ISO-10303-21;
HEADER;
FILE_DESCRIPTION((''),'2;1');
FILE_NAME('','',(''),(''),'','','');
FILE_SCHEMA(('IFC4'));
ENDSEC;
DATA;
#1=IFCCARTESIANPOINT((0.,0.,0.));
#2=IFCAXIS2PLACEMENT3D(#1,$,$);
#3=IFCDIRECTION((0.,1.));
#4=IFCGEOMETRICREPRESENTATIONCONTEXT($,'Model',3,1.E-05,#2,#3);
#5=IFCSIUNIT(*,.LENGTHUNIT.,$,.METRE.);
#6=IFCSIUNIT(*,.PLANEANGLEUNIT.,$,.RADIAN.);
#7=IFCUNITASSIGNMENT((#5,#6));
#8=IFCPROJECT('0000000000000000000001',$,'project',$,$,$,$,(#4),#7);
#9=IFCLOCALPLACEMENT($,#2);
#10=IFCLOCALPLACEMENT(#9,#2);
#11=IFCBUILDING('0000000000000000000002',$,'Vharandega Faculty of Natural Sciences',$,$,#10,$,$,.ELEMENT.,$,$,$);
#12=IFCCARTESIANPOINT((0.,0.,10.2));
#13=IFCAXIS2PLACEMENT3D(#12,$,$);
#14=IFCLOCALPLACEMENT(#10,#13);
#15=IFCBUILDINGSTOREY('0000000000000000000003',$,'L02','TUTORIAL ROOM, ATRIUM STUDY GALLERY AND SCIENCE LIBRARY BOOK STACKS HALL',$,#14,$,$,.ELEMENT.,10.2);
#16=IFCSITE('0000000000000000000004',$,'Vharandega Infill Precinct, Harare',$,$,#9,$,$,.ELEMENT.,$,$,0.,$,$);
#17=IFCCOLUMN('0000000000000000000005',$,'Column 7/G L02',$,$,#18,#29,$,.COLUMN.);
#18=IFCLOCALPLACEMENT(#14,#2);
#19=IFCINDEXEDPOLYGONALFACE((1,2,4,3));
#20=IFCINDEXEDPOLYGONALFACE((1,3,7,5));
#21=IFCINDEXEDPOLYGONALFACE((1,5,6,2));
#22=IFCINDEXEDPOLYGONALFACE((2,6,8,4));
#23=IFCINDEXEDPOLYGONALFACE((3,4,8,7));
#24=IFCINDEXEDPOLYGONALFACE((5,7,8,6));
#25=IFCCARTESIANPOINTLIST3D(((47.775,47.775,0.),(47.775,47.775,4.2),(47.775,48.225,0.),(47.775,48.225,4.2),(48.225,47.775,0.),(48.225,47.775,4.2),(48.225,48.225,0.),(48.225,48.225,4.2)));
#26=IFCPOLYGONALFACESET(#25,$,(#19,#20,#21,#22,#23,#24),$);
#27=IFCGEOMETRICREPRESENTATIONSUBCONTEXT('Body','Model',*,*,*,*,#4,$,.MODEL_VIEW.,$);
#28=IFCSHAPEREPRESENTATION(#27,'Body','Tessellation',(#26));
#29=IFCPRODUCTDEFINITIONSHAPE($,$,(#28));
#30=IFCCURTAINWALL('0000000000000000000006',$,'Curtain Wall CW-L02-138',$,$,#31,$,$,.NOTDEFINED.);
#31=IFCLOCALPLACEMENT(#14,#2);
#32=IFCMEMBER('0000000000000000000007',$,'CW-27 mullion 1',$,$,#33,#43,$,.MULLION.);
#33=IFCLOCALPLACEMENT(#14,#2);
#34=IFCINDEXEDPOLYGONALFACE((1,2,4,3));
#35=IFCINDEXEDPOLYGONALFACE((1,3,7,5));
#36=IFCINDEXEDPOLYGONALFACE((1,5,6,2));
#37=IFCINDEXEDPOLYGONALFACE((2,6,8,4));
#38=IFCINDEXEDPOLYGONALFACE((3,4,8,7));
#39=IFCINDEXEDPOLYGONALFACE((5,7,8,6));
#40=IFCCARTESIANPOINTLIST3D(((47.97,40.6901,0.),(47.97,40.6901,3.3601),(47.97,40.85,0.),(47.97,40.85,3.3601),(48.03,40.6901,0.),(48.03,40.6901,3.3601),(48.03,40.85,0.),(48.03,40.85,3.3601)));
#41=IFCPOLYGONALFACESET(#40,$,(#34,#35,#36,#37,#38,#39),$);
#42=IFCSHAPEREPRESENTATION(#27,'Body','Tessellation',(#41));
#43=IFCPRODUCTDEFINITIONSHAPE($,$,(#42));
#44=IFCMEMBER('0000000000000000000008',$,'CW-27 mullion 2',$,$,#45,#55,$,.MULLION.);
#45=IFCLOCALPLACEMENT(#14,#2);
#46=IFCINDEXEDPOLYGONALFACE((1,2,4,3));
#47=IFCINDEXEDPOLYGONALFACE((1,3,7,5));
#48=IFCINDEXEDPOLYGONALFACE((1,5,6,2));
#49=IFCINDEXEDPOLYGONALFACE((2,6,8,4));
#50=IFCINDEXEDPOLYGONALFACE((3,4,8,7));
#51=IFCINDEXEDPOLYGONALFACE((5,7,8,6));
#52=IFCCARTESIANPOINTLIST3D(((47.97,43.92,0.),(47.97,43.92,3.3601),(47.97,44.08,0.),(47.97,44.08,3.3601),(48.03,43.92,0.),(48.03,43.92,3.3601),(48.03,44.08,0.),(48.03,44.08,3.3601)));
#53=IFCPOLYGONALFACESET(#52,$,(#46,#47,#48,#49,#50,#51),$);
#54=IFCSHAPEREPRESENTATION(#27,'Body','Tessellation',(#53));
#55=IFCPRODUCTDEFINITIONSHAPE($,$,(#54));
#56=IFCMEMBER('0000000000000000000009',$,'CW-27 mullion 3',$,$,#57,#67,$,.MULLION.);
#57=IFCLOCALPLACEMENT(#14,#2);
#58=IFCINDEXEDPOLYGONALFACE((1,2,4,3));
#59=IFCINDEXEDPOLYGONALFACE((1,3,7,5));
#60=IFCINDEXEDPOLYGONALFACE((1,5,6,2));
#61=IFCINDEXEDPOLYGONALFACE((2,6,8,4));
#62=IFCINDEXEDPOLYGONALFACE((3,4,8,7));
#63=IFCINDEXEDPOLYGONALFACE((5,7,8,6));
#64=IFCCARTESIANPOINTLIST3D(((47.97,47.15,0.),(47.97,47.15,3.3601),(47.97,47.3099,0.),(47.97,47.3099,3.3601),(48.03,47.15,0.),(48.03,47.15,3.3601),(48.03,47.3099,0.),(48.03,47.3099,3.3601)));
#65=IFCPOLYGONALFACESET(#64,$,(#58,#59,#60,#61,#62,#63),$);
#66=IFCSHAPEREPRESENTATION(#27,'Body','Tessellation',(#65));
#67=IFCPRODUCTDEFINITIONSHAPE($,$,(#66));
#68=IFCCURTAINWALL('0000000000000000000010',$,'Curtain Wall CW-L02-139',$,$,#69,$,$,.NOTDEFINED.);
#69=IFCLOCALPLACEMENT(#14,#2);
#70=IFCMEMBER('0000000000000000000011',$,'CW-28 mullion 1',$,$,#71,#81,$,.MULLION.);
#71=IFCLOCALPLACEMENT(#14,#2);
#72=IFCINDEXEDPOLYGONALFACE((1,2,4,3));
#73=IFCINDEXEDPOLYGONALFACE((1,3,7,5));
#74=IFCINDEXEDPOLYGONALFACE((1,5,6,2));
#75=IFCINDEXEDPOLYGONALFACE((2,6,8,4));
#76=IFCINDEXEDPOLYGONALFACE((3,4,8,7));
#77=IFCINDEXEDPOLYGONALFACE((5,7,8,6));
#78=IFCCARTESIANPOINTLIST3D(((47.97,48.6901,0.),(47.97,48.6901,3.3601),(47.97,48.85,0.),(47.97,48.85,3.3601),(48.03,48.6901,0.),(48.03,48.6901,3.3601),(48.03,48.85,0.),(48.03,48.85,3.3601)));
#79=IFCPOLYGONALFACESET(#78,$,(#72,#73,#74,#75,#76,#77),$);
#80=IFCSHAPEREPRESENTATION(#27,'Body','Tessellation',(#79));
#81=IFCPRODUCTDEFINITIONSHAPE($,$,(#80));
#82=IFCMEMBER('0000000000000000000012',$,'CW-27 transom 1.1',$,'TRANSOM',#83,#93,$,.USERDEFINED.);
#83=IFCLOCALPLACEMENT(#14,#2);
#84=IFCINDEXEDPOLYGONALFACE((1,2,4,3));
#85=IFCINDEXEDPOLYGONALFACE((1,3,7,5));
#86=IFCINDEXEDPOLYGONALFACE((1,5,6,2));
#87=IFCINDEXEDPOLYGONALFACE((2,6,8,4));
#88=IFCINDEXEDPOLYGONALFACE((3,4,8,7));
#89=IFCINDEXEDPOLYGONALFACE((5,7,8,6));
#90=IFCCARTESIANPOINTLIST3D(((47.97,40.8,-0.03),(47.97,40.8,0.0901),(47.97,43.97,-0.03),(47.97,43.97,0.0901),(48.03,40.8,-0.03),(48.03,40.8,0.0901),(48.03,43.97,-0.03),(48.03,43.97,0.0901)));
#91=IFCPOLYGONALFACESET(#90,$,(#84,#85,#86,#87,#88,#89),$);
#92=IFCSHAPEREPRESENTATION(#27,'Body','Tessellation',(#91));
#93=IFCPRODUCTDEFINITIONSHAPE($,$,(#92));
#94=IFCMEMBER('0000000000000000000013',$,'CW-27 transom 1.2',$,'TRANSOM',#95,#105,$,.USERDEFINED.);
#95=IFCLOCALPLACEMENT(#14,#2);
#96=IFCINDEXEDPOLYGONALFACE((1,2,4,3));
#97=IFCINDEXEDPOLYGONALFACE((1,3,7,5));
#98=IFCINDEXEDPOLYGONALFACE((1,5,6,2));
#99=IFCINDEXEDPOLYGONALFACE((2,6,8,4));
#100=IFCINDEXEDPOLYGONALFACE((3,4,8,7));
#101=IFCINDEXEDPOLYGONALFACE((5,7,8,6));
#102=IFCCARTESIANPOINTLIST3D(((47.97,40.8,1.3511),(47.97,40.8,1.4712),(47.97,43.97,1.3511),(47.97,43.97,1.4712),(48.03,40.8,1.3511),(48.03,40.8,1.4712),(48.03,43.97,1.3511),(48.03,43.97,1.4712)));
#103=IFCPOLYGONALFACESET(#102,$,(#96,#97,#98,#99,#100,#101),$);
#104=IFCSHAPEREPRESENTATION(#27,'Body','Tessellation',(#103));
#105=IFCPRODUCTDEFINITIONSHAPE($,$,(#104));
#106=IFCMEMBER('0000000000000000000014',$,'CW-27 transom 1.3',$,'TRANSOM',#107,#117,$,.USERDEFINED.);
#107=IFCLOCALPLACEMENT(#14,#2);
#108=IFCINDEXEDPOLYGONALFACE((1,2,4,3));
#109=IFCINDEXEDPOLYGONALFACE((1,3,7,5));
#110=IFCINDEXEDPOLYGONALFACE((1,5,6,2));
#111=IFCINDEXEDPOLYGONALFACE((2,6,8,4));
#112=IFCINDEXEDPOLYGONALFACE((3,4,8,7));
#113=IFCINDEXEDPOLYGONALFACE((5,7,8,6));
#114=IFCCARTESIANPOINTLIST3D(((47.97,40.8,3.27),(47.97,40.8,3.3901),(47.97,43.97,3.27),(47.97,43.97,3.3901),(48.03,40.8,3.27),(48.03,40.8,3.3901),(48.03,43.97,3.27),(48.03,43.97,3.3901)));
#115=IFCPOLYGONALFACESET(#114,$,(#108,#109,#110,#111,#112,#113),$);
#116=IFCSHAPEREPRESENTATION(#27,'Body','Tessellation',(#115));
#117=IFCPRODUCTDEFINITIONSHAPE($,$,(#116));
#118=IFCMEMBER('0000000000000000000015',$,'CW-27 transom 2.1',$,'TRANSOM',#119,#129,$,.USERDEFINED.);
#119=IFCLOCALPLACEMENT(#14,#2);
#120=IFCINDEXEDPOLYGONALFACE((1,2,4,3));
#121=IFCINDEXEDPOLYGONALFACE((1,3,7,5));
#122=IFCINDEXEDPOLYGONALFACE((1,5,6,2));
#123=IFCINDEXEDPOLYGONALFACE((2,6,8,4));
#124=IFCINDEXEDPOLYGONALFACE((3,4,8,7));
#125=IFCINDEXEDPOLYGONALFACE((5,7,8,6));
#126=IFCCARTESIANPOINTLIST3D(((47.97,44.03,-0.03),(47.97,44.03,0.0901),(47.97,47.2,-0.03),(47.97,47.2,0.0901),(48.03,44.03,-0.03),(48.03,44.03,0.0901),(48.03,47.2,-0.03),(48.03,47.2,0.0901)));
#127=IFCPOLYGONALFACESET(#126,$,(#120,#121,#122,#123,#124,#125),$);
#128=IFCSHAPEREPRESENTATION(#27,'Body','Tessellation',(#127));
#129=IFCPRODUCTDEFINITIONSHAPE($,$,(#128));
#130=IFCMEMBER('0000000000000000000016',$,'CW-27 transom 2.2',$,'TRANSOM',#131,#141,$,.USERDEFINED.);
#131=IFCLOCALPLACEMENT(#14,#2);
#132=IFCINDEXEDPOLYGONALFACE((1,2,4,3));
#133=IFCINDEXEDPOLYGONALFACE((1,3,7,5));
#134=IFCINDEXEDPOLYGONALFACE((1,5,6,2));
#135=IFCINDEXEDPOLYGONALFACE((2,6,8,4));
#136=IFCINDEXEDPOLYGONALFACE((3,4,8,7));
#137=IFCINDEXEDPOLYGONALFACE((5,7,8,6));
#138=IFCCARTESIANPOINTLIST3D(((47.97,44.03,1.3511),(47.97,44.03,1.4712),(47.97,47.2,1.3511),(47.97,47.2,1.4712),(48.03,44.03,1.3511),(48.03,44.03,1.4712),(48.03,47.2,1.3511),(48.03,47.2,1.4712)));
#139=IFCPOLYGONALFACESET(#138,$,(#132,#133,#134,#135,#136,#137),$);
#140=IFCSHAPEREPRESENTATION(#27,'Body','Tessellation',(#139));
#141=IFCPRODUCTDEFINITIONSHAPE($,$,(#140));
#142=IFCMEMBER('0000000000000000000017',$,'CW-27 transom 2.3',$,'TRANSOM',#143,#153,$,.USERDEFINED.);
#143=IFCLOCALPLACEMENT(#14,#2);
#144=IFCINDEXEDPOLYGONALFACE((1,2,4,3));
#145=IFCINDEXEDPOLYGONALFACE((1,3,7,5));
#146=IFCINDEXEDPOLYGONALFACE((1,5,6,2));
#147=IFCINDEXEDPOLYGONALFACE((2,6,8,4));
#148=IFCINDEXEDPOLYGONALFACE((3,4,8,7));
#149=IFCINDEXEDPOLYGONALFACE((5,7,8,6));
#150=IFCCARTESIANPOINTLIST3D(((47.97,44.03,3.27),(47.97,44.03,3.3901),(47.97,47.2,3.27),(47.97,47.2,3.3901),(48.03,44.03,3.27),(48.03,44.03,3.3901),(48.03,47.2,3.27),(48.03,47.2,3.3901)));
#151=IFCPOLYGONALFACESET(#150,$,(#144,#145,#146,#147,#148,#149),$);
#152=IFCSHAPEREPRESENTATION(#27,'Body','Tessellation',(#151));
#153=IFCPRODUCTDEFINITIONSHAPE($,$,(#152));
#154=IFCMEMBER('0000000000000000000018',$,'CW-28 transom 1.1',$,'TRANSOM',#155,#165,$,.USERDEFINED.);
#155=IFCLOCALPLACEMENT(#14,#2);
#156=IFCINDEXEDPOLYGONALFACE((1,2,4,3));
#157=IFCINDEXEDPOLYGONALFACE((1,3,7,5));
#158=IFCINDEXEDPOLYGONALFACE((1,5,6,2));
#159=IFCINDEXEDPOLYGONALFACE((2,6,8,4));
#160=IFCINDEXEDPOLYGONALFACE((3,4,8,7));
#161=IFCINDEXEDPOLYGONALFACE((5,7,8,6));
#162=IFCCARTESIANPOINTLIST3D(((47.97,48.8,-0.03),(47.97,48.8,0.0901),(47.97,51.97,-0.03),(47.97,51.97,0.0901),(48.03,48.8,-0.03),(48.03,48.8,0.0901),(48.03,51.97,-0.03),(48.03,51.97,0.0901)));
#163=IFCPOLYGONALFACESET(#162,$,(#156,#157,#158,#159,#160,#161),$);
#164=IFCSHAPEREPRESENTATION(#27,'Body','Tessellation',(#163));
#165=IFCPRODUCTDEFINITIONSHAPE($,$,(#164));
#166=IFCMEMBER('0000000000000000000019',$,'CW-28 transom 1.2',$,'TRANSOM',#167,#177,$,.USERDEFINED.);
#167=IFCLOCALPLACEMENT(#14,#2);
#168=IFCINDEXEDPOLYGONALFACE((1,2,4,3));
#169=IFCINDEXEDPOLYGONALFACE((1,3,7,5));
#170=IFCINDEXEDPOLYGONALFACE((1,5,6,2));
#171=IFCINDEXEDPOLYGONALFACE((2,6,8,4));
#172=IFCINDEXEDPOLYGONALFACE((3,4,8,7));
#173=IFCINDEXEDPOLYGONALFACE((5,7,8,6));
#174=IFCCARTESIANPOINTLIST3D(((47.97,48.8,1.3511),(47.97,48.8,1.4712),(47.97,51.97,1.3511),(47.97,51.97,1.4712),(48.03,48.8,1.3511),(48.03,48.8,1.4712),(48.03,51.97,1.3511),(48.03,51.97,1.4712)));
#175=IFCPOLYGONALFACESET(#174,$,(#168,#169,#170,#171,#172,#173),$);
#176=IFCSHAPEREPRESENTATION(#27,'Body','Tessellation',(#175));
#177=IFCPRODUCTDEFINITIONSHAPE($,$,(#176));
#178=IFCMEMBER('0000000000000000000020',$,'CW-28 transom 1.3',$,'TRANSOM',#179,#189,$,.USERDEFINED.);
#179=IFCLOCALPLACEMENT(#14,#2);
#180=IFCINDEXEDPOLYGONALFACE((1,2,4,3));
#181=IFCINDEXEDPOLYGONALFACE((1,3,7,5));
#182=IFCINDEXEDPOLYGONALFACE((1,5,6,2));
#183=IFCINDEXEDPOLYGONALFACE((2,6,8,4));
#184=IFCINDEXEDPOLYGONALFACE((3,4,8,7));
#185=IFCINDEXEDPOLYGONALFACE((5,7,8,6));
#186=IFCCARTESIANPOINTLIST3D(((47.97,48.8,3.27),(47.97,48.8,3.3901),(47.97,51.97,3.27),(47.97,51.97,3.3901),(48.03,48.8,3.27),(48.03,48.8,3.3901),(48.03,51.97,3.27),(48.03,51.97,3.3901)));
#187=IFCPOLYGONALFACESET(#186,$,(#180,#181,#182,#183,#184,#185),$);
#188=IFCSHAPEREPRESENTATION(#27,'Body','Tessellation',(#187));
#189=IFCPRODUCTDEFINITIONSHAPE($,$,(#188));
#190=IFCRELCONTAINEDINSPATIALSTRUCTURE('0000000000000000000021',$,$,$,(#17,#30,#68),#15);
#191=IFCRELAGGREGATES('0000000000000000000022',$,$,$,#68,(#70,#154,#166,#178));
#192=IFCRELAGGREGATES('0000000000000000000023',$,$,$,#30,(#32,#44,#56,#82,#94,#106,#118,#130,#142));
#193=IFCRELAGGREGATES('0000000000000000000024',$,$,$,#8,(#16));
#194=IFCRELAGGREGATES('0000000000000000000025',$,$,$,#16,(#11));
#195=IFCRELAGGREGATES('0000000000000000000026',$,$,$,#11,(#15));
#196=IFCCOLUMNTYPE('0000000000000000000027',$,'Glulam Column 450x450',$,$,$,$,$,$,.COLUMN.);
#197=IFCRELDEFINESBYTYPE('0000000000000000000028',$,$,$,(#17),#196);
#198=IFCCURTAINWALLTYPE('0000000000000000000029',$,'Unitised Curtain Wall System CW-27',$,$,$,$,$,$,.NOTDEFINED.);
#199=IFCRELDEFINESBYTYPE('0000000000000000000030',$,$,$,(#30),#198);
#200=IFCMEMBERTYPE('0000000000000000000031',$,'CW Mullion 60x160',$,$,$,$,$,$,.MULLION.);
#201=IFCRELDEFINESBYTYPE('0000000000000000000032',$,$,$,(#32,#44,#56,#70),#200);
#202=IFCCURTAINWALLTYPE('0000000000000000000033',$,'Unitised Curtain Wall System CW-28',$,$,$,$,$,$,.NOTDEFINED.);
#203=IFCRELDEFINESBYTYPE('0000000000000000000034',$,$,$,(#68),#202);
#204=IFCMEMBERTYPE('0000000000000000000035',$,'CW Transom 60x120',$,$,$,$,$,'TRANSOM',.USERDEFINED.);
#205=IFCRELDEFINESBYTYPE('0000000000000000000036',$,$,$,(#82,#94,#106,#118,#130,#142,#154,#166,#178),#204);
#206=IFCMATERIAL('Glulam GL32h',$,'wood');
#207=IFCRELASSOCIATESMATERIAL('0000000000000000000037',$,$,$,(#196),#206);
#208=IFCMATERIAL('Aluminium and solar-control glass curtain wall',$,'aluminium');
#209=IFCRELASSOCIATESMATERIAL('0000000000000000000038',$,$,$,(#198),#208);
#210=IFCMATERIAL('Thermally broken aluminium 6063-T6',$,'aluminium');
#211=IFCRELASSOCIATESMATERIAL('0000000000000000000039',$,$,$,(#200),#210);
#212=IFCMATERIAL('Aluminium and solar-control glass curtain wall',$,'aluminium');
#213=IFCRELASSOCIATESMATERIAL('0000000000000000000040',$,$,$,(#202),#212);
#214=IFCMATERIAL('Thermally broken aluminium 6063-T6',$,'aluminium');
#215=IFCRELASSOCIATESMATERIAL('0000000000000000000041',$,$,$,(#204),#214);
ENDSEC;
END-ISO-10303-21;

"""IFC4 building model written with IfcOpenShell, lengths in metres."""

from ifc_helpers import new_model, si_unit, direction, frame, origin, origin_2d, place, context, subcontext, project, spatial, rectangle, extrude, material, material_profile, profile_set, type_object, element, aggregate, save


model = new_model("IFC4")

# Units and contexts
model_context = context("Model", 3, precision=1e-05, world=origin(), true_north=direction((0.0, 1.0)))
body_context = subcontext(model_context, "Body", "Model", "MODEL_VIEW")
ifc_project = project(units=[si_unit("LENGTHUNIT", "METRE"), si_unit("PLANEANGLEUNIT", "RADIAN")], contexts=[model_context])

# Site, building, storey
site_placement = place(None, origin())
site = spatial("IfcSite", under=ifc_project, at=site_placement, Name="Vharandega Infill Precinct, Harare", CompositionType="ELEMENT", RefElevation=0.0)
building_placement = place(site_placement, origin())
building = spatial("IfcBuilding", under=site, at=building_placement, Name="Vharandega Faculty of Natural Sciences", CompositionType="ELEMENT")
storey_placement = place(building_placement, frame((0.0, 0.0, 10.2)))
storey = spatial("IfcBuildingStorey", under=building, at=storey_placement, Name="L02", Description="TUTORIAL ROOM, ATRIUM STUDY GALLERY AND SCIENCE LIBRARY BOOK STACKS HALL", CompositionType="ELEMENT", Elevation=10.2)

# Column
ifc_material_1 = material(Name="Glulam GL32h", Category="wood")
ifc_material_profile_1 = material_profile(ifc_material_1, rectangle(XDim=0.45, YDim=0.45, at=origin_2d()), Name="GL32h 450x450")
ifc_profile_set_1 = profile_set([ifc_material_profile_1], Name="Glulam GL32h")
column_type = type_object("IfcColumnType", Name="Glulam Column 450x450", PredefinedType="COLUMN", material=ifc_profile_set_1)
column_placement = place(storey_placement, frame((48.0, 48.0, 0.0), z_axis=(0.0, 0.0, 1.0), x_axis=(1.0, 0.0, 0.0)))
element("IfcColumn", 1, at=column_placement, inside=storey, type_object=column_type, Name="Column 7/G L02", PredefinedType="COLUMN", context=body_context, shape_type="SweptSolid", body=[
    extrude(rectangle(XDim=0.45, YDim=0.45, at=origin_2d()), origin(), (0.0, 0.0, 1.0), 4.2),
])

# Curtain wall, members
ifc_material_2 = material(Name="Aluminium and solar-control glass curtain wall", Category="aluminium")
curtain_wall_type_1 = type_object("IfcCurtainWallType", Name="Unitised Curtain Wall System CW-27", PredefinedType="NOTDEFINED", material=ifc_material_2)
curtain_wall_1_placement = place(storey_placement, origin())
curtain_wall_1 = element("IfcCurtainWall", 2, at=curtain_wall_1_placement, inside=storey, type_object=curtain_wall_type_1, Name="Curtain Wall CW-L02-138", PredefinedType="NOTDEFINED")
ifc_material_3 = material(Name="Thermally broken aluminium 6063-T6", Category="aluminium")
ifc_material_profile_2 = material_profile(ifc_material_3, rectangle(XDim=0.0601, YDim=0.1599, at=origin_2d()), Name="ALU 60x160")
ifc_profile_set_2 = profile_set([ifc_material_profile_2], Name="Thermally broken aluminium 6063-T6")
member_type_1 = type_object("IfcMemberType", Name="CW Mullion 60x160", PredefinedType="MULLION", material=ifc_profile_set_2)
member_1_placement = place(storey_placement, frame((48.0, 40.77, 0.0), z_axis=(0.0, 0.0, 1.0), x_axis=(-1.0, 0.0, 0.0)))
member_1 = element("IfcMember", 3, at=member_1_placement, type_object=member_type_1, Name="CW-27 mullion 1", PredefinedType="MULLION", context=body_context, shape_type="SweptSolid", body=[
    extrude(rectangle(XDim=0.0601, YDim=0.1599, at=origin_2d()), origin(), (0.0, 0.0, 1.0), 3.3601),
])
member_2_placement = place(storey_placement, frame((48.0, 44.0, 0.0), z_axis=(0.0, 0.0, 1.0), x_axis=(-1.0, 0.0, 0.0)))
member_2 = element("IfcMember", 4, at=member_2_placement, type_object=member_type_1, Name="CW-27 mullion 2", PredefinedType="MULLION", context=body_context, shape_type="SweptSolid", body=[
    extrude(rectangle(XDim=0.0601, YDim=0.1599, at=origin_2d()), origin(), (0.0, 0.0, 1.0), 3.3601),
])
member_3_placement = place(storey_placement, frame((48.0, 47.23, 0.0), z_axis=(0.0, 0.0, 1.0), x_axis=(-1.0, 0.0, 0.0)))
member_3 = element("IfcMember", 5, at=member_3_placement, type_object=member_type_1, Name="CW-27 mullion 3", PredefinedType="MULLION", context=body_context, shape_type="SweptSolid", body=[
    extrude(rectangle(XDim=0.0601, YDim=0.1599, at=origin_2d()), origin(), (0.0, 0.0, 1.0), 3.3601),
])

# Curtain wall, member
ifc_material_4 = material(Name="Aluminium and solar-control glass curtain wall", Category="aluminium")
curtain_wall_type_2 = type_object("IfcCurtainWallType", Name="Unitised Curtain Wall System CW-28", PredefinedType="NOTDEFINED", material=ifc_material_4)
curtain_wall_2_placement = place(storey_placement, origin())
curtain_wall_2 = element("IfcCurtainWall", 6, at=curtain_wall_2_placement, inside=storey, type_object=curtain_wall_type_2, Name="Curtain Wall CW-L02-139", PredefinedType="NOTDEFINED")
member_4_placement = place(storey_placement, frame((48.0, 48.77, 0.0), z_axis=(0.0, 0.0, 1.0), x_axis=(-1.0, 0.0, 0.0)))
member_4 = element("IfcMember", 7, at=member_4_placement, type_object=member_type_1, Name="CW-28 mullion 1", PredefinedType="MULLION", context=body_context, shape_type="SweptSolid", body=[
    extrude(rectangle(XDim=0.0601, YDim=0.1599, at=origin_2d()), origin(), (0.0, 0.0, 1.0), 3.3601),
])

# Members
ifc_material_5 = material(Name="Thermally broken aluminium 6063-T6", Category="aluminium")
ifc_material_profile_3 = material_profile(ifc_material_5, rectangle(XDim=0.0601, YDim=0.1201, at=origin_2d()), Name="ALU 60x120")
ifc_profile_set_3 = profile_set([ifc_material_profile_3], Name="Thermally broken aluminium 6063-T6")
member_type_2 = type_object("IfcMemberType", Name="CW Transom 60x120", ElementType="TRANSOM", PredefinedType="USERDEFINED", material=ifc_profile_set_3)
member_5_placement = place(storey_placement, frame((48.0, 40.8, 0.03), z_axis=(0.0, 1.0, 0.0), x_axis=(-1.0, 0.0, 0.0)))
member_5 = element("IfcMember", 8, at=member_5_placement, type_object=member_type_2, Name="CW-27 transom 1.1", ObjectType="TRANSOM", PredefinedType="USERDEFINED", context=body_context, shape_type="SweptSolid", body=[
    extrude(rectangle(XDim=0.0601, YDim=0.1201, at=origin_2d()), origin(), (0.0, 0.0, 1.0), 3.1699),
])
member_6_placement = place(storey_placement, frame((48.0, 40.8, 1.4111), z_axis=(0.0, 1.0, 0.0), x_axis=(-1.0, 0.0, 0.0)))
member_6 = element("IfcMember", 9, at=member_6_placement, type_object=member_type_2, Name="CW-27 transom 1.2", ObjectType="TRANSOM", PredefinedType="USERDEFINED", context=body_context, shape_type="SweptSolid", body=[
    extrude(rectangle(XDim=0.0601, YDim=0.1201, at=origin_2d()), origin(), (0.0, 0.0, 1.0), 3.1699),
])
member_7_placement = place(storey_placement, frame((48.0, 40.8, 3.3301), z_axis=(0.0, 1.0, 0.0), x_axis=(-1.0, 0.0, 0.0)))
member_7 = element("IfcMember", 10, at=member_7_placement, type_object=member_type_2, Name="CW-27 transom 1.3", ObjectType="TRANSOM", PredefinedType="USERDEFINED", context=body_context, shape_type="SweptSolid", body=[
    extrude(rectangle(XDim=0.0601, YDim=0.1201, at=origin_2d()), origin(), (0.0, 0.0, 1.0), 3.1699),
])
member_8_placement = place(storey_placement, frame((48.0, 44.03, 0.03), z_axis=(0.0, 1.0, 0.0), x_axis=(-1.0, 0.0, 0.0)))
member_8 = element("IfcMember", 11, at=member_8_placement, type_object=member_type_2, Name="CW-27 transom 2.1", ObjectType="TRANSOM", PredefinedType="USERDEFINED", context=body_context, shape_type="SweptSolid", body=[
    extrude(rectangle(XDim=0.0601, YDim=0.1201, at=origin_2d()), origin(), (0.0, 0.0, 1.0), 3.1699),
])
member_9_placement = place(storey_placement, frame((48.0, 44.03, 1.4111), z_axis=(0.0, 1.0, 0.0), x_axis=(-1.0, 0.0, 0.0)))
member_9 = element("IfcMember", 12, at=member_9_placement, type_object=member_type_2, Name="CW-27 transom 2.2", ObjectType="TRANSOM", PredefinedType="USERDEFINED", context=body_context, shape_type="SweptSolid", body=[
    extrude(rectangle(XDim=0.0601, YDim=0.1201, at=origin_2d()), origin(), (0.0, 0.0, 1.0), 3.1699),
])
member_10_placement = place(storey_placement, frame((48.0, 44.03, 3.3301), z_axis=(0.0, 1.0, 0.0), x_axis=(-1.0, 0.0, 0.0)))
member_10 = element("IfcMember", 13, at=member_10_placement, type_object=member_type_2, Name="CW-27 transom 2.3", ObjectType="TRANSOM", PredefinedType="USERDEFINED", context=body_context, shape_type="SweptSolid", body=[
    extrude(rectangle(XDim=0.0601, YDim=0.1201, at=origin_2d()), origin(), (0.0, 0.0, 1.0), 3.1699),
])
member_11_placement = place(storey_placement, frame((48.0, 48.8, 0.03), z_axis=(0.0, 1.0, 0.0), x_axis=(-1.0, 0.0, 0.0)))
member_11 = element("IfcMember", 14, at=member_11_placement, type_object=member_type_2, Name="CW-28 transom 1.1", ObjectType="TRANSOM", PredefinedType="USERDEFINED", context=body_context, shape_type="SweptSolid", body=[
    extrude(rectangle(XDim=0.0601, YDim=0.1201, at=origin_2d()), origin(), (0.0, 0.0, 1.0), 3.1699),
])
member_12_placement = place(storey_placement, frame((48.0, 48.8, 1.4111), z_axis=(0.0, 1.0, 0.0), x_axis=(-1.0, 0.0, 0.0)))
member_12 = element("IfcMember", 15, at=member_12_placement, type_object=member_type_2, Name="CW-28 transom 1.2", ObjectType="TRANSOM", PredefinedType="USERDEFINED", context=body_context, shape_type="SweptSolid", body=[
    extrude(rectangle(XDim=0.0601, YDim=0.1201, at=origin_2d()), origin(), (0.0, 0.0, 1.0), 3.1699),
])
member_13_placement = place(storey_placement, frame((48.0, 48.8, 3.3301), z_axis=(0.0, 1.0, 0.0), x_axis=(-1.0, 0.0, 0.0)))
member_13 = element("IfcMember", 16, at=member_13_placement, type_object=member_type_2, Name="CW-28 transom 1.3", ObjectType="TRANSOM", PredefinedType="USERDEFINED", context=body_context, shape_type="SweptSolid", body=[
    extrude(rectangle(XDim=0.0601, YDim=0.1201, at=origin_2d()), origin(), (0.0, 0.0, 1.0), 3.1699),
])
aggregate(curtain_wall_2, [member_4, member_11, member_12, member_13])

aggregate(curtain_wall_1, [member_1, member_2, member_3, member_5, member_6, member_7, member_8, member_9, member_10])

save(model, "model.ifc")
